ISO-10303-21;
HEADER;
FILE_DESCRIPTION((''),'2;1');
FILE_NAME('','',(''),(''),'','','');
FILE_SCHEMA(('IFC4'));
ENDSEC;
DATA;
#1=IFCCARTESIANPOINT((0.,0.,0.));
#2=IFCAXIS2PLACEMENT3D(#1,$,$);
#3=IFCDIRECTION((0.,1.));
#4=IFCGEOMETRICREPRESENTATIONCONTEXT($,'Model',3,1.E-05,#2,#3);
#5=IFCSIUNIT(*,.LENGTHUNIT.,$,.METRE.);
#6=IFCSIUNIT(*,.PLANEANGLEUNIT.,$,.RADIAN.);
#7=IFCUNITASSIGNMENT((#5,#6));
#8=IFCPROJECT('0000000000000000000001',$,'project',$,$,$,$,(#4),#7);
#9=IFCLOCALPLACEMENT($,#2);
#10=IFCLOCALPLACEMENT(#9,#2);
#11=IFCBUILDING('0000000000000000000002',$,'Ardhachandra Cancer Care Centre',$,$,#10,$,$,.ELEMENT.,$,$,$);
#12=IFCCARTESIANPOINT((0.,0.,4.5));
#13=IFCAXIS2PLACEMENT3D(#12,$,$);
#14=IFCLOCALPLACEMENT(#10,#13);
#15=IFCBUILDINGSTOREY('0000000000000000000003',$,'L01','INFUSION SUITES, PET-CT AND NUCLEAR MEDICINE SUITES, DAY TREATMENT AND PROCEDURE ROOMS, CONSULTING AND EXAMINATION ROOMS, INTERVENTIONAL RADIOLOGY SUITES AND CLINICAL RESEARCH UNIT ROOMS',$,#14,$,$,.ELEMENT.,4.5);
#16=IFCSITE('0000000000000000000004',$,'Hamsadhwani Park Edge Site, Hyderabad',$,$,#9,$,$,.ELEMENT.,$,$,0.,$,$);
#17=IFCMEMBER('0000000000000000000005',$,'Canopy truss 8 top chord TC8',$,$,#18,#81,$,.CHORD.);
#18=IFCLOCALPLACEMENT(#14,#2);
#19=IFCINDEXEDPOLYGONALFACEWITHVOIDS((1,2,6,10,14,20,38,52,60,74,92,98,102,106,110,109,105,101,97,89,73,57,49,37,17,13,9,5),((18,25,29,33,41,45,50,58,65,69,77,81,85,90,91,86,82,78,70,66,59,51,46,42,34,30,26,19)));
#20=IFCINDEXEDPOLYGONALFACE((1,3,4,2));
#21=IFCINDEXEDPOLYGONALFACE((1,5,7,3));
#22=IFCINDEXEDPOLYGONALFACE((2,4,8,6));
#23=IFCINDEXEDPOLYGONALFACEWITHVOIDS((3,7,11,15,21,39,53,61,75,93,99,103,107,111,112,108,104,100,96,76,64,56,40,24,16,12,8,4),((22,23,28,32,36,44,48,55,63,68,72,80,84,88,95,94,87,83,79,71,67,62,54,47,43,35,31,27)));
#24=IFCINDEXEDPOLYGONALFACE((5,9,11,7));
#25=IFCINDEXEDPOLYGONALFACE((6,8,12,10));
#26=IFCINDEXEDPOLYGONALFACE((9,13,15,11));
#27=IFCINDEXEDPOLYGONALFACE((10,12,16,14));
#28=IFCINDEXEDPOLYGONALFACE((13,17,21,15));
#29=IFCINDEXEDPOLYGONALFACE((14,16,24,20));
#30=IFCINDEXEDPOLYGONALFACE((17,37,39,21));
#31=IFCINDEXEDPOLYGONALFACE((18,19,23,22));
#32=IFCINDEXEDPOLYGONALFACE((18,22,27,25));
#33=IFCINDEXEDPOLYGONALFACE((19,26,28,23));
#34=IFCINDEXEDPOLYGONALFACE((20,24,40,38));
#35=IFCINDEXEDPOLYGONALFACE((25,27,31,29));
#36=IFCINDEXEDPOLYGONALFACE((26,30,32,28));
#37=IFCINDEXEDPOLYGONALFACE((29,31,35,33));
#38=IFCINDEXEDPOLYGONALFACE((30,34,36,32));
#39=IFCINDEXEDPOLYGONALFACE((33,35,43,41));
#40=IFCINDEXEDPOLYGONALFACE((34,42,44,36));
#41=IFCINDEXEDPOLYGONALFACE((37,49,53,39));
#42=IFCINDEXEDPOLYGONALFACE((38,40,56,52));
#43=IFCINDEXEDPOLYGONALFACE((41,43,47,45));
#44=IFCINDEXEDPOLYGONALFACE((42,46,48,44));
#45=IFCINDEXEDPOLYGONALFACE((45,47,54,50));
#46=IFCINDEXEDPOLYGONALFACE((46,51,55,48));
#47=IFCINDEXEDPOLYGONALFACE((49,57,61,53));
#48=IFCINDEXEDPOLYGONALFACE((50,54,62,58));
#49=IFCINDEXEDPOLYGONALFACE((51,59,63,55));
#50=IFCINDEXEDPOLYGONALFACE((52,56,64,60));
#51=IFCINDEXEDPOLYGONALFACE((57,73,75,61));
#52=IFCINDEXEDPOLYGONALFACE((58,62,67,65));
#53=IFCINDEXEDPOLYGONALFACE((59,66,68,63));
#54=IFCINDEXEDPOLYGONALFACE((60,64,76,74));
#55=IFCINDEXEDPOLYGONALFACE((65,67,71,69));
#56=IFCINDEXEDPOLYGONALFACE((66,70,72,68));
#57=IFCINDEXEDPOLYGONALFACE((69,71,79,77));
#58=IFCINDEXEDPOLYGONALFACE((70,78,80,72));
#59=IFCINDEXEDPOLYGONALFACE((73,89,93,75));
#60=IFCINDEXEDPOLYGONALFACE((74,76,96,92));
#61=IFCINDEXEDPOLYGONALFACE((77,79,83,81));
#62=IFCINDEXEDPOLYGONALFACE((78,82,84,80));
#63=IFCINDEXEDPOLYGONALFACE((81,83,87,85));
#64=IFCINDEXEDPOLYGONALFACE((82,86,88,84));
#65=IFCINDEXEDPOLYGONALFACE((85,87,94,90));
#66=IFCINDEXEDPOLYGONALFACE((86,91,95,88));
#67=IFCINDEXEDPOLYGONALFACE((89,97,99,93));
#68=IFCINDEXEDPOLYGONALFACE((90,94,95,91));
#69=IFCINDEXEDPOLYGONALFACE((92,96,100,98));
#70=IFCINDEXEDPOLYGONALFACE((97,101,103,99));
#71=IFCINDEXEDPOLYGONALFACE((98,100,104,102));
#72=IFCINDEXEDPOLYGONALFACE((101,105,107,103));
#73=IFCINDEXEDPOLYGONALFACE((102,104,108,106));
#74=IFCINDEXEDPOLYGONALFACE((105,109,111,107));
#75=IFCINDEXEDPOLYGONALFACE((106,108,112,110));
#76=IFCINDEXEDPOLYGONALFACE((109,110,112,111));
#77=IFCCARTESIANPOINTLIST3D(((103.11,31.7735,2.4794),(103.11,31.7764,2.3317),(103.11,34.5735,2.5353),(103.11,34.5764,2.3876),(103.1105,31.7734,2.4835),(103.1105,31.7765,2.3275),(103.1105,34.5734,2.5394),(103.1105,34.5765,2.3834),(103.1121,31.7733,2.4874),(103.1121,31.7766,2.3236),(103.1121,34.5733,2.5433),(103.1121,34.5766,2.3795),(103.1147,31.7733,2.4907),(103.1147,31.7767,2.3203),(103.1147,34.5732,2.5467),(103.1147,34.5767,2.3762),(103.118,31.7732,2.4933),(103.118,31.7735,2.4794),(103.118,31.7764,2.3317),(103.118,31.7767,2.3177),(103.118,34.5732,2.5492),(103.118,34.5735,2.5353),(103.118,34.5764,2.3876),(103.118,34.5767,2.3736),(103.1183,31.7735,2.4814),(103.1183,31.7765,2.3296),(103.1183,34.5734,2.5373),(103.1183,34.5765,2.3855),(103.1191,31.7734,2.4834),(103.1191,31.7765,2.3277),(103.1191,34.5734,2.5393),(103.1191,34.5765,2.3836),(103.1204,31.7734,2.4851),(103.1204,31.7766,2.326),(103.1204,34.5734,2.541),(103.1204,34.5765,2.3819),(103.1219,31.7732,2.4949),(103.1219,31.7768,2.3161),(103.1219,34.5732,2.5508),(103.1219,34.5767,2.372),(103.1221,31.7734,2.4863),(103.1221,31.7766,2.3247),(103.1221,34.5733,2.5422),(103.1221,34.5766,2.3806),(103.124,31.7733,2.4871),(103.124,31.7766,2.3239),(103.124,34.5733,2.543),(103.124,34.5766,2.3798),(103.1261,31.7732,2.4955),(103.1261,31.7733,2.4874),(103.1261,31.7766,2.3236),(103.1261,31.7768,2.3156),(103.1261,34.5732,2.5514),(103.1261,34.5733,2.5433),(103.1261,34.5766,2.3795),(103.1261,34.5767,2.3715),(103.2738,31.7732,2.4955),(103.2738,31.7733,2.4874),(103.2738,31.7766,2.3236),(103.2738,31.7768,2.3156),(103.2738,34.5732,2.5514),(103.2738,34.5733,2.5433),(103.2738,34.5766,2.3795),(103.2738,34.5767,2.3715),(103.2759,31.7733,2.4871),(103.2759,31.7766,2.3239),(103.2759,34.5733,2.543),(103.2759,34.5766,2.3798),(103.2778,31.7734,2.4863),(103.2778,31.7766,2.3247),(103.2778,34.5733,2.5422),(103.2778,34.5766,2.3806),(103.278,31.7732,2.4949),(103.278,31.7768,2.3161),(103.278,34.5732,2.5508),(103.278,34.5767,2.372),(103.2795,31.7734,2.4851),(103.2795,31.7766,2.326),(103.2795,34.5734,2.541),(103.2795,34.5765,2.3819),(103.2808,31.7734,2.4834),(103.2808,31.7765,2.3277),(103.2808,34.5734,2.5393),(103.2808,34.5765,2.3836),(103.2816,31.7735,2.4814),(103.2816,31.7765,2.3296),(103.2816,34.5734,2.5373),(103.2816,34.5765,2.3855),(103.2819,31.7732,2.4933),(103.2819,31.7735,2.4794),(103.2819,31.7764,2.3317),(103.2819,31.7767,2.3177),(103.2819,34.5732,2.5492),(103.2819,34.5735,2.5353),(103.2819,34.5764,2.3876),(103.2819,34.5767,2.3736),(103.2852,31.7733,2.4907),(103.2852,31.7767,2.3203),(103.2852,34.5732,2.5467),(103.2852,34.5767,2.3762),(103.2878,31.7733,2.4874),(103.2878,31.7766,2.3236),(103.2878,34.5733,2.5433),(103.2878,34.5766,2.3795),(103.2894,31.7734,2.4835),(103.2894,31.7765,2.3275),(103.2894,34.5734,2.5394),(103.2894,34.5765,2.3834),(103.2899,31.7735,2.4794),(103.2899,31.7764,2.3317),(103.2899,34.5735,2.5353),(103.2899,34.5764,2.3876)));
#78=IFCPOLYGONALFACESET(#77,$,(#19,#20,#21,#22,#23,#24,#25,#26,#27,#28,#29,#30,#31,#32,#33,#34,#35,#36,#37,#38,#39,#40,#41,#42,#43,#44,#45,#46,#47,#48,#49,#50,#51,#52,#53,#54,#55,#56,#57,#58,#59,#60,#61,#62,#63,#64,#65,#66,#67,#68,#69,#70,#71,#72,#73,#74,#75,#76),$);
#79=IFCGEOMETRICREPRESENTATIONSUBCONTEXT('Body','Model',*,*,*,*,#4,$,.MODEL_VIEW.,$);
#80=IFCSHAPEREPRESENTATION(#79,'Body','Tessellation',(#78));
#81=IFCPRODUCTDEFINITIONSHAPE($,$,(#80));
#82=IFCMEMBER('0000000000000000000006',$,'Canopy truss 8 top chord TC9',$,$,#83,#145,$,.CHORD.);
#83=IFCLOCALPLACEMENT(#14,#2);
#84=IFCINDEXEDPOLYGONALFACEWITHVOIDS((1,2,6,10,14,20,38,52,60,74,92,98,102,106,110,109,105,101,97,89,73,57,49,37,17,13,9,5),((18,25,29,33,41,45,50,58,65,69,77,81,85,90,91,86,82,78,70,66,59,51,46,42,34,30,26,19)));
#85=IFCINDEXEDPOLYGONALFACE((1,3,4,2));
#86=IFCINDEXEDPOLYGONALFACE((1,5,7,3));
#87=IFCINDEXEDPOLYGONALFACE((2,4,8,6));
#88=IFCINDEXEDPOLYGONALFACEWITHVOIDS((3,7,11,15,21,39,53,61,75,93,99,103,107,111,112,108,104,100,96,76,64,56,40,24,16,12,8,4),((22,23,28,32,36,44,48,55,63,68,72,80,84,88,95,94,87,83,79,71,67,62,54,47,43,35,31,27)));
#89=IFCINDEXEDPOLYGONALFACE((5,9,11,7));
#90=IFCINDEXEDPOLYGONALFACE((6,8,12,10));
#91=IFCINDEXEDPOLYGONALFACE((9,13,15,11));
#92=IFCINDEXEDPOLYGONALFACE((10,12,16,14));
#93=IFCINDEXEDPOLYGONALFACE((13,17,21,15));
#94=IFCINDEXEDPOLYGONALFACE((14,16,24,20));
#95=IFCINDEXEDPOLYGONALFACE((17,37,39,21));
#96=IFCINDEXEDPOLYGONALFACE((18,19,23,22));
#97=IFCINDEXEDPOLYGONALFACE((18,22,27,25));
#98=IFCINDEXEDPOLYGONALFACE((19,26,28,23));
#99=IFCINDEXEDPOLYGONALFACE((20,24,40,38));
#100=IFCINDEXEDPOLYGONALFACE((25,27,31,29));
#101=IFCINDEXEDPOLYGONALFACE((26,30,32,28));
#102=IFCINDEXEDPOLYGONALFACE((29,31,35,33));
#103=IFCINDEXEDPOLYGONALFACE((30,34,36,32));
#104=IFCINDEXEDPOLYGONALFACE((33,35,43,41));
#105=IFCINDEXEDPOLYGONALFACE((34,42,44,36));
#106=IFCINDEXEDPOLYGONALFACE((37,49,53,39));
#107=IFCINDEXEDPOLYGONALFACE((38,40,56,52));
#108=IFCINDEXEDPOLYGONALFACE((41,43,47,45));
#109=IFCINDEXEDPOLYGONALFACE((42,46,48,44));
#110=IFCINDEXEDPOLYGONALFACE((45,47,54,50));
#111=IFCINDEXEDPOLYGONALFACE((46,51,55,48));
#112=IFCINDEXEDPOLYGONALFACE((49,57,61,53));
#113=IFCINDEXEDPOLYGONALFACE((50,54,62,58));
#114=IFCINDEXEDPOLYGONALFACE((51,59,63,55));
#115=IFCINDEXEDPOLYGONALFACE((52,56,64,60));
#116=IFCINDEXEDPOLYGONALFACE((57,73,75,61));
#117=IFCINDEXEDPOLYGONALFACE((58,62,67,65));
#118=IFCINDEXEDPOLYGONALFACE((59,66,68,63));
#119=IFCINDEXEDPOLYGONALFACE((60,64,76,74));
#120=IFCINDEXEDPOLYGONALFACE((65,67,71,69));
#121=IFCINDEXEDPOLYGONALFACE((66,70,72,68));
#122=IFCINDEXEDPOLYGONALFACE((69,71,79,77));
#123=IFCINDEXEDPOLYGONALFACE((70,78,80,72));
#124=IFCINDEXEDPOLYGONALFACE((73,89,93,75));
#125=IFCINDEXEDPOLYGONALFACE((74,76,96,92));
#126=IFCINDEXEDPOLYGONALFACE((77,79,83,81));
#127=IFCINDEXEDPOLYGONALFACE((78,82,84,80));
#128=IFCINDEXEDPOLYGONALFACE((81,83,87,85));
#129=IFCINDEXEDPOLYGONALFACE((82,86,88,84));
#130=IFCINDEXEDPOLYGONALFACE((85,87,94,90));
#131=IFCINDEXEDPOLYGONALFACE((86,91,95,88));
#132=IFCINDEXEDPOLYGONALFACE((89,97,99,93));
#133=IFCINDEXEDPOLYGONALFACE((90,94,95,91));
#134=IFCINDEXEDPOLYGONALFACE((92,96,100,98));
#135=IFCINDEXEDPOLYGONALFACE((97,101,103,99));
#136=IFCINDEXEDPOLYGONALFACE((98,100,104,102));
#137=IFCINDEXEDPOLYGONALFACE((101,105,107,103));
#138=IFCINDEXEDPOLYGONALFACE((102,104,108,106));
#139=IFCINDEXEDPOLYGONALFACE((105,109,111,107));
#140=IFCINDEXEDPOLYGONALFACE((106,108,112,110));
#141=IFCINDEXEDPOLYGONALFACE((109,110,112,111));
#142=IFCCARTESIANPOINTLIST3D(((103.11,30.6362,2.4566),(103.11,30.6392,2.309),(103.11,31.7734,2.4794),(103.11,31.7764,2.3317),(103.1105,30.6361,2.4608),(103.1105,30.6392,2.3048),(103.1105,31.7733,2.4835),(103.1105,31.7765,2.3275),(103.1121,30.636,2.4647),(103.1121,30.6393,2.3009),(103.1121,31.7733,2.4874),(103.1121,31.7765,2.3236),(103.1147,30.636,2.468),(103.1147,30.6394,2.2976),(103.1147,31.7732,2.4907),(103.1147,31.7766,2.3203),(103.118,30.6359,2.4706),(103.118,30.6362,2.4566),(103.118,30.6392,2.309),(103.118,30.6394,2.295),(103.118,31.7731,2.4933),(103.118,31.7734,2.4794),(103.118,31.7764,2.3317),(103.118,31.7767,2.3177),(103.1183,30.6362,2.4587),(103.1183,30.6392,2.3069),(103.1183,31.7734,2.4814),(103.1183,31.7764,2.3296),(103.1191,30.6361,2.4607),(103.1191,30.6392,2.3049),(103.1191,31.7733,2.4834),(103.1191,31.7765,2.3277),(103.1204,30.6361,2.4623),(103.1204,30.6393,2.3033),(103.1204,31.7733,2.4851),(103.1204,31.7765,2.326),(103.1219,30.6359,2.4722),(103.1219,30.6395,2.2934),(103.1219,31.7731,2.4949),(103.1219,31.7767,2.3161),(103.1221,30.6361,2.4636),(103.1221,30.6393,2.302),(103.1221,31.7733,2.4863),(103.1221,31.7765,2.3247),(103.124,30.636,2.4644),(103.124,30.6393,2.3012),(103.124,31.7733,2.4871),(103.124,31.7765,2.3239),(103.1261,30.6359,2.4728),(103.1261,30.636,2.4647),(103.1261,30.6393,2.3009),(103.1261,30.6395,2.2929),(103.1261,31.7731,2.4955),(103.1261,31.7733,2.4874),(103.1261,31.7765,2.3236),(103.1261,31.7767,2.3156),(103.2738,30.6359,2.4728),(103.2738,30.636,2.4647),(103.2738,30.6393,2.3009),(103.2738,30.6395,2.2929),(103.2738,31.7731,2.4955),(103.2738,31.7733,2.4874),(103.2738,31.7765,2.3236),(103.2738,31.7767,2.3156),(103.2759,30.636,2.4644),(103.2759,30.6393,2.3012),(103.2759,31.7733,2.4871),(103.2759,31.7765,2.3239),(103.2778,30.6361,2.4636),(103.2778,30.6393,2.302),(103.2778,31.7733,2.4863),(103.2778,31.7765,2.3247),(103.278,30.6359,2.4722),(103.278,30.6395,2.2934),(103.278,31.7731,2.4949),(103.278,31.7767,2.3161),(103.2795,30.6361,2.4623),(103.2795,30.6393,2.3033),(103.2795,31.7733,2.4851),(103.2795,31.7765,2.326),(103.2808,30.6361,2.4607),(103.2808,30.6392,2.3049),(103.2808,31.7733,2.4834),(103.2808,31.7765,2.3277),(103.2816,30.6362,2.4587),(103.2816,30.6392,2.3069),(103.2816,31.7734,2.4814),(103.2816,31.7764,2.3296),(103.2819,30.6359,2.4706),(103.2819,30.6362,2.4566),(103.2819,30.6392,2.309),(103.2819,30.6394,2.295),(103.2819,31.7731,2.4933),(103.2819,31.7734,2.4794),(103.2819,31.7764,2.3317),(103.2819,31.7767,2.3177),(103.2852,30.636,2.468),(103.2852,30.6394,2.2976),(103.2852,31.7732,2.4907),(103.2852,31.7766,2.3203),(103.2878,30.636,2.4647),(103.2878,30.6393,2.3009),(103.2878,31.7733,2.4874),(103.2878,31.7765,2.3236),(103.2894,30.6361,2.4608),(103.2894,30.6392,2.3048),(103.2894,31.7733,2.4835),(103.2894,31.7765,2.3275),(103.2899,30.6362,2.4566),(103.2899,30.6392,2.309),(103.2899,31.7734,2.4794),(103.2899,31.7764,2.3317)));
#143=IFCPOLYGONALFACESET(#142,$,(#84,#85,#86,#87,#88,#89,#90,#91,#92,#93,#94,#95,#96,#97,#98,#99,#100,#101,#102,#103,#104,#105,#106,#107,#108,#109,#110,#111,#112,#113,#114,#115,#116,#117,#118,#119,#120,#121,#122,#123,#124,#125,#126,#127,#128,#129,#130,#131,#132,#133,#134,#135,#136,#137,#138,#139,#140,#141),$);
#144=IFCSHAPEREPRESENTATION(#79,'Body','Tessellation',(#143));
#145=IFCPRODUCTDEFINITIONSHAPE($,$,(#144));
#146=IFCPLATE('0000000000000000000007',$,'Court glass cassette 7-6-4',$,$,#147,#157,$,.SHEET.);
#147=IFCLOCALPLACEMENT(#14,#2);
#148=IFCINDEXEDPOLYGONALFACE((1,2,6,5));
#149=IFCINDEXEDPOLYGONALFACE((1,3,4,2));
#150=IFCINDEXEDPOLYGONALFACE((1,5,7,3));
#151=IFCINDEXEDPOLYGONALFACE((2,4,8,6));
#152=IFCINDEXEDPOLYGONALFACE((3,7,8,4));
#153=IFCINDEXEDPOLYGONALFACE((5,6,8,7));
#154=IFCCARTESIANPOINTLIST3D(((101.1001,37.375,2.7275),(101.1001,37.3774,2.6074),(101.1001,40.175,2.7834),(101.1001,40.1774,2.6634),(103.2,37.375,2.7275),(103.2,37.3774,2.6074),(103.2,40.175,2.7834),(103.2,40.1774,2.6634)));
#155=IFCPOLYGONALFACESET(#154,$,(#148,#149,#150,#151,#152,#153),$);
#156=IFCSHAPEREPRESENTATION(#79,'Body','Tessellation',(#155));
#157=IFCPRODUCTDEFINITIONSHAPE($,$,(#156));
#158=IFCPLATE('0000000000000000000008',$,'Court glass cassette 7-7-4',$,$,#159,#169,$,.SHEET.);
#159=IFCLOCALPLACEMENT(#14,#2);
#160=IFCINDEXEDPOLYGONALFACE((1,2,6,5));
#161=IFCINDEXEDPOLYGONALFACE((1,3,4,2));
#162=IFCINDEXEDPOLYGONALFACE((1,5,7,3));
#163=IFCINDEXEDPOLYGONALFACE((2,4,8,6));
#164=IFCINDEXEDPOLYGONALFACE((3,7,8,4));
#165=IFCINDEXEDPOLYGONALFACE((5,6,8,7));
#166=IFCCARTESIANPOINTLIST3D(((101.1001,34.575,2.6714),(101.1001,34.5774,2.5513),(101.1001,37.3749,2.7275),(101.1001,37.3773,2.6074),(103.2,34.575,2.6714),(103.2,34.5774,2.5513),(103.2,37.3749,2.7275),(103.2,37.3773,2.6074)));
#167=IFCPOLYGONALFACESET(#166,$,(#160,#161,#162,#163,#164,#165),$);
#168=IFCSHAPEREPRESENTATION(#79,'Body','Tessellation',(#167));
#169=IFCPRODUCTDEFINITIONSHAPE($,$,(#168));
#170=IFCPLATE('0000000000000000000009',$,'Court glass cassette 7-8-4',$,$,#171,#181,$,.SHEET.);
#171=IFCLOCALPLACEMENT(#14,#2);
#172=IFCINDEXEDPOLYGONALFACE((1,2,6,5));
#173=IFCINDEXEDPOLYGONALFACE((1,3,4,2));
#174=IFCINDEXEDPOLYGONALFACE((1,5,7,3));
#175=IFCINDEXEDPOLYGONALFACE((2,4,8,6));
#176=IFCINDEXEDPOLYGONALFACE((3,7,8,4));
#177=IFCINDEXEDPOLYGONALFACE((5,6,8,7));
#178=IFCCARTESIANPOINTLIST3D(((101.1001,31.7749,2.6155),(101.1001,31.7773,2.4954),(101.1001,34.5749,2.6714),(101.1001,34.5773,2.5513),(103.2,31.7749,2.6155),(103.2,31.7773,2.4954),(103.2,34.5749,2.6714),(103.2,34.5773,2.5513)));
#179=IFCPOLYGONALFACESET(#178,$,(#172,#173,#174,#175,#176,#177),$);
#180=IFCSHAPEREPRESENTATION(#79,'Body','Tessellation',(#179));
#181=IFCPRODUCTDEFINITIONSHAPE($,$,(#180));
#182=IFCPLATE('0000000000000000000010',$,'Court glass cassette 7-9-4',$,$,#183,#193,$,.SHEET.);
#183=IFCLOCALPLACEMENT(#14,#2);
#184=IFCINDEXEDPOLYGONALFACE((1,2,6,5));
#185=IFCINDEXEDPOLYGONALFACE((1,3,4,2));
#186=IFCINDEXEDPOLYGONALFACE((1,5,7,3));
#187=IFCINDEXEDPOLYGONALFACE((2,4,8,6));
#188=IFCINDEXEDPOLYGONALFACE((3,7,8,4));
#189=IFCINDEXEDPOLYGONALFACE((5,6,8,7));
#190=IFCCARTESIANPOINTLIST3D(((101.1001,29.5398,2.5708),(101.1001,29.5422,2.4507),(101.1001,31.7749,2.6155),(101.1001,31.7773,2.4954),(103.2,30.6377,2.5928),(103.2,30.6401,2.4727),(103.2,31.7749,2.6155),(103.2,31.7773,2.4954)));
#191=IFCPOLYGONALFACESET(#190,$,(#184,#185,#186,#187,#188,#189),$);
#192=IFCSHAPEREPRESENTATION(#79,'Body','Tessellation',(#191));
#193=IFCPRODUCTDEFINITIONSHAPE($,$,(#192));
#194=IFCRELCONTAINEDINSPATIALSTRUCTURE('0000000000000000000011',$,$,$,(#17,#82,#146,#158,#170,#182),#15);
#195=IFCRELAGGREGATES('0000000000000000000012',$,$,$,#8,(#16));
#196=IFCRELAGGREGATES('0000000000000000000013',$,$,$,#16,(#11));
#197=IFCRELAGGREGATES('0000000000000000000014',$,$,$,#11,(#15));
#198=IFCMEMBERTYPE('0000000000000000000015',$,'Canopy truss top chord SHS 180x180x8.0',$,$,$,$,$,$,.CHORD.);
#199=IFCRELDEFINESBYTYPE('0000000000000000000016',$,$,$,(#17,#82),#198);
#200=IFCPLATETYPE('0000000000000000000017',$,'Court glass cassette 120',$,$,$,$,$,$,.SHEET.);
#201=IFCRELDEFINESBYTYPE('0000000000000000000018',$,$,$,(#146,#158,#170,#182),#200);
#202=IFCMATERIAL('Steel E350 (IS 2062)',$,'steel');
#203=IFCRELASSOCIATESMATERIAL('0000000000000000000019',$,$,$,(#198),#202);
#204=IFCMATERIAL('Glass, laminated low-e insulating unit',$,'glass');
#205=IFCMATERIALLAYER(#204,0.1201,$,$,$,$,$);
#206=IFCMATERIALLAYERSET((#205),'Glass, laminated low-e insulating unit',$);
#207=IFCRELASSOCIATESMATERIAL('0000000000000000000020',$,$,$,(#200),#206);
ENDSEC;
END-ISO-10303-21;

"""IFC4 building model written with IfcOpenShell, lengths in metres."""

from ifc_helpers import new_model, si_unit, direction, frame, origin, origin_2d, place, context, subcontext, project, spatial, polyline, hollow_rectangle, outline, extrude, material, layer, layer_set, material_profile, profile_set, type_object, element, save


model = new_model("IFC4")

# Units and contexts
model_context = context("Model", 3, precision=1e-05, world=origin(), true_north=direction((0.0, 1.0)))
body_context = subcontext(model_context, "Body", "Model", "MODEL_VIEW")
ifc_project = project(units=[si_unit("LENGTHUNIT", "METRE"), si_unit("PLANEANGLEUNIT", "RADIAN")], contexts=[model_context])

# Site, building, storey
site_placement = place(None, origin())
site = spatial("IfcSite", under=ifc_project, at=site_placement, Name="Hamsadhwani Park Edge Site, Hyderabad", CompositionType="ELEMENT", RefElevation=0.0)
building_placement = place(site_placement, origin())
building = spatial("IfcBuilding", under=site, at=building_placement, Name="Ardhachandra Cancer Care Centre", CompositionType="ELEMENT")
storey_placement = place(building_placement, frame((0.0, 0.0, 4.5)))
storey = spatial("IfcBuildingStorey", under=building, at=storey_placement, Name="L01", Description="INFUSION SUITES, PET-CT AND NUCLEAR MEDICINE SUITES, DAY TREATMENT AND PROCEDURE ROOMS, CONSULTING AND EXAMINATION ROOMS, INTERVENTIONAL RADIOLOGY SUITES AND CLINICAL RESEARCH UNIT ROOMS", CompositionType="ELEMENT", Elevation=4.5)

# Members
ifc_material_1 = material(Name="Steel E350 (IS 2062)", Category="steel")
ifc_material_profile_1 = material_profile(ifc_material_1, hollow_rectangle(XDim=0.1799, YDim=0.1799, WallThickness=0.0081, InnerFilletRadius=0.0081, OuterFilletRadius=0.0161, at=origin_2d()), Name="SHS 180x180x8.0")
ifc_profile_set_1 = profile_set([ifc_material_profile_1], Name="Steel E350 (IS 2062)")
member_type_1 = type_object("IfcMemberType", Name="Canopy truss top chord SHS 180x180x8.0", PredefinedType="CHORD", material=ifc_profile_set_1)
member_1_placement = place(storey_placement, frame((103.2, 34.575, 2.4614), z_axis=(0.0, -0.999801, -0.019963), x_axis=(1.0, 0.0, 0.0)))
element("IfcMember", 1, at=member_1_placement, inside=storey, type_object=member_type_1, Name="Canopy truss 8 top chord TC8", PredefinedType="CHORD", context=body_context, shape_type="SweptSolid", body=[
    extrude(hollow_rectangle(XDim=0.1799, YDim=0.1799, WallThickness=0.0081, InnerFilletRadius=0.0081, OuterFilletRadius=0.0161, at=origin_2d()), origin(), (0.0, 0.0, 1.0), 2.8005),
])
member_2_placement = place(storey_placement, frame((103.2, 31.7749, 2.4055), z_axis=(0.0, -0.999801, -0.019962), x_axis=(1.0, 0.0, 0.0)))
element("IfcMember", 2, at=member_2_placement, inside=storey, type_object=member_type_1, Name="Canopy truss 8 top chord TC9", PredefinedType="CHORD", context=body_context, shape_type="SweptSolid", body=[
    extrude(hollow_rectangle(XDim=0.1799, YDim=0.1799, WallThickness=0.0081, InnerFilletRadius=0.0081, OuterFilletRadius=0.0161, at=origin_2d()), origin(), (0.0, 0.0, 1.0), 1.1375),
])

# Plates
ifc_material_2 = material(Name="Glass, laminated low-e insulating unit", Category="glass")
ifc_layer = layer(ifc_material_2, 0.1201)
ifc_layer_set = layer_set([ifc_layer], Name="Glass, laminated low-e insulating unit")
plate_type = type_object("IfcPlateType", Name="Court glass cassette 120", PredefinedType="SHEET", material=ifc_layer_set)
for number, where, z_axis, x_axis, name in (
    (3, (101.1001, 37.375, 2.7275), (0.0, -0.019963, 0.999801), (0.0, 0.999801, 0.019963), "Court glass cassette 7-6-4"),
    (4, (101.1001, 34.575, 2.6714), (0.0, -0.02005, 0.999799), (0.0, 0.999799, 0.02005), "Court glass cassette 7-7-4"),
    (5, (101.1001, 31.7749, 2.6155), (0.0, -0.019963, 0.999801), (0.0, 0.999801, 0.019963), "Court glass cassette 7-8-4"),
):
    element("IfcPlate", number, at=place(storey_placement, frame(where, z_axis=z_axis, x_axis=x_axis)), inside=storey, type_object=plate_type, Name=name, PredefinedType="SHEET", context=body_context, shape_type="SweptSolid", body=[
        extrude(outline(polyline([(0.0, -2.0999), (2.8005, -2.0999), (2.8005, 0.0), (0.0, 0.0), (0.0, -2.0999)])), frame((0.0, 0.0, -0.1201)), (0.0, 0.0, 1.0), 0.1201),
    ])
plate_1_placement = place(storey_placement, frame((101.1001, 31.7749, 2.6155), z_axis=(-0.000008, -0.019977, 0.9998), x_axis=(1.0, 0.0, 0.000008)))
element("IfcPlate", 6, at=plate_1_placement, inside=storey, type_object=plate_type, Name="Court glass cassette 7-9-4", PredefinedType="SHEET", context=body_context, shape_type="SweptSolid", body=[
    extrude(outline(polyline([(0.0, -2.2356), (2.0999, -1.1375), (2.0999, 0.0), (0.0, 0.0), (0.0, -2.2356)])), frame((0.0, 0.0, -0.1201)), (0.0, 0.0, 1.0), 0.1201),
])

save(model, "model.ifc")
